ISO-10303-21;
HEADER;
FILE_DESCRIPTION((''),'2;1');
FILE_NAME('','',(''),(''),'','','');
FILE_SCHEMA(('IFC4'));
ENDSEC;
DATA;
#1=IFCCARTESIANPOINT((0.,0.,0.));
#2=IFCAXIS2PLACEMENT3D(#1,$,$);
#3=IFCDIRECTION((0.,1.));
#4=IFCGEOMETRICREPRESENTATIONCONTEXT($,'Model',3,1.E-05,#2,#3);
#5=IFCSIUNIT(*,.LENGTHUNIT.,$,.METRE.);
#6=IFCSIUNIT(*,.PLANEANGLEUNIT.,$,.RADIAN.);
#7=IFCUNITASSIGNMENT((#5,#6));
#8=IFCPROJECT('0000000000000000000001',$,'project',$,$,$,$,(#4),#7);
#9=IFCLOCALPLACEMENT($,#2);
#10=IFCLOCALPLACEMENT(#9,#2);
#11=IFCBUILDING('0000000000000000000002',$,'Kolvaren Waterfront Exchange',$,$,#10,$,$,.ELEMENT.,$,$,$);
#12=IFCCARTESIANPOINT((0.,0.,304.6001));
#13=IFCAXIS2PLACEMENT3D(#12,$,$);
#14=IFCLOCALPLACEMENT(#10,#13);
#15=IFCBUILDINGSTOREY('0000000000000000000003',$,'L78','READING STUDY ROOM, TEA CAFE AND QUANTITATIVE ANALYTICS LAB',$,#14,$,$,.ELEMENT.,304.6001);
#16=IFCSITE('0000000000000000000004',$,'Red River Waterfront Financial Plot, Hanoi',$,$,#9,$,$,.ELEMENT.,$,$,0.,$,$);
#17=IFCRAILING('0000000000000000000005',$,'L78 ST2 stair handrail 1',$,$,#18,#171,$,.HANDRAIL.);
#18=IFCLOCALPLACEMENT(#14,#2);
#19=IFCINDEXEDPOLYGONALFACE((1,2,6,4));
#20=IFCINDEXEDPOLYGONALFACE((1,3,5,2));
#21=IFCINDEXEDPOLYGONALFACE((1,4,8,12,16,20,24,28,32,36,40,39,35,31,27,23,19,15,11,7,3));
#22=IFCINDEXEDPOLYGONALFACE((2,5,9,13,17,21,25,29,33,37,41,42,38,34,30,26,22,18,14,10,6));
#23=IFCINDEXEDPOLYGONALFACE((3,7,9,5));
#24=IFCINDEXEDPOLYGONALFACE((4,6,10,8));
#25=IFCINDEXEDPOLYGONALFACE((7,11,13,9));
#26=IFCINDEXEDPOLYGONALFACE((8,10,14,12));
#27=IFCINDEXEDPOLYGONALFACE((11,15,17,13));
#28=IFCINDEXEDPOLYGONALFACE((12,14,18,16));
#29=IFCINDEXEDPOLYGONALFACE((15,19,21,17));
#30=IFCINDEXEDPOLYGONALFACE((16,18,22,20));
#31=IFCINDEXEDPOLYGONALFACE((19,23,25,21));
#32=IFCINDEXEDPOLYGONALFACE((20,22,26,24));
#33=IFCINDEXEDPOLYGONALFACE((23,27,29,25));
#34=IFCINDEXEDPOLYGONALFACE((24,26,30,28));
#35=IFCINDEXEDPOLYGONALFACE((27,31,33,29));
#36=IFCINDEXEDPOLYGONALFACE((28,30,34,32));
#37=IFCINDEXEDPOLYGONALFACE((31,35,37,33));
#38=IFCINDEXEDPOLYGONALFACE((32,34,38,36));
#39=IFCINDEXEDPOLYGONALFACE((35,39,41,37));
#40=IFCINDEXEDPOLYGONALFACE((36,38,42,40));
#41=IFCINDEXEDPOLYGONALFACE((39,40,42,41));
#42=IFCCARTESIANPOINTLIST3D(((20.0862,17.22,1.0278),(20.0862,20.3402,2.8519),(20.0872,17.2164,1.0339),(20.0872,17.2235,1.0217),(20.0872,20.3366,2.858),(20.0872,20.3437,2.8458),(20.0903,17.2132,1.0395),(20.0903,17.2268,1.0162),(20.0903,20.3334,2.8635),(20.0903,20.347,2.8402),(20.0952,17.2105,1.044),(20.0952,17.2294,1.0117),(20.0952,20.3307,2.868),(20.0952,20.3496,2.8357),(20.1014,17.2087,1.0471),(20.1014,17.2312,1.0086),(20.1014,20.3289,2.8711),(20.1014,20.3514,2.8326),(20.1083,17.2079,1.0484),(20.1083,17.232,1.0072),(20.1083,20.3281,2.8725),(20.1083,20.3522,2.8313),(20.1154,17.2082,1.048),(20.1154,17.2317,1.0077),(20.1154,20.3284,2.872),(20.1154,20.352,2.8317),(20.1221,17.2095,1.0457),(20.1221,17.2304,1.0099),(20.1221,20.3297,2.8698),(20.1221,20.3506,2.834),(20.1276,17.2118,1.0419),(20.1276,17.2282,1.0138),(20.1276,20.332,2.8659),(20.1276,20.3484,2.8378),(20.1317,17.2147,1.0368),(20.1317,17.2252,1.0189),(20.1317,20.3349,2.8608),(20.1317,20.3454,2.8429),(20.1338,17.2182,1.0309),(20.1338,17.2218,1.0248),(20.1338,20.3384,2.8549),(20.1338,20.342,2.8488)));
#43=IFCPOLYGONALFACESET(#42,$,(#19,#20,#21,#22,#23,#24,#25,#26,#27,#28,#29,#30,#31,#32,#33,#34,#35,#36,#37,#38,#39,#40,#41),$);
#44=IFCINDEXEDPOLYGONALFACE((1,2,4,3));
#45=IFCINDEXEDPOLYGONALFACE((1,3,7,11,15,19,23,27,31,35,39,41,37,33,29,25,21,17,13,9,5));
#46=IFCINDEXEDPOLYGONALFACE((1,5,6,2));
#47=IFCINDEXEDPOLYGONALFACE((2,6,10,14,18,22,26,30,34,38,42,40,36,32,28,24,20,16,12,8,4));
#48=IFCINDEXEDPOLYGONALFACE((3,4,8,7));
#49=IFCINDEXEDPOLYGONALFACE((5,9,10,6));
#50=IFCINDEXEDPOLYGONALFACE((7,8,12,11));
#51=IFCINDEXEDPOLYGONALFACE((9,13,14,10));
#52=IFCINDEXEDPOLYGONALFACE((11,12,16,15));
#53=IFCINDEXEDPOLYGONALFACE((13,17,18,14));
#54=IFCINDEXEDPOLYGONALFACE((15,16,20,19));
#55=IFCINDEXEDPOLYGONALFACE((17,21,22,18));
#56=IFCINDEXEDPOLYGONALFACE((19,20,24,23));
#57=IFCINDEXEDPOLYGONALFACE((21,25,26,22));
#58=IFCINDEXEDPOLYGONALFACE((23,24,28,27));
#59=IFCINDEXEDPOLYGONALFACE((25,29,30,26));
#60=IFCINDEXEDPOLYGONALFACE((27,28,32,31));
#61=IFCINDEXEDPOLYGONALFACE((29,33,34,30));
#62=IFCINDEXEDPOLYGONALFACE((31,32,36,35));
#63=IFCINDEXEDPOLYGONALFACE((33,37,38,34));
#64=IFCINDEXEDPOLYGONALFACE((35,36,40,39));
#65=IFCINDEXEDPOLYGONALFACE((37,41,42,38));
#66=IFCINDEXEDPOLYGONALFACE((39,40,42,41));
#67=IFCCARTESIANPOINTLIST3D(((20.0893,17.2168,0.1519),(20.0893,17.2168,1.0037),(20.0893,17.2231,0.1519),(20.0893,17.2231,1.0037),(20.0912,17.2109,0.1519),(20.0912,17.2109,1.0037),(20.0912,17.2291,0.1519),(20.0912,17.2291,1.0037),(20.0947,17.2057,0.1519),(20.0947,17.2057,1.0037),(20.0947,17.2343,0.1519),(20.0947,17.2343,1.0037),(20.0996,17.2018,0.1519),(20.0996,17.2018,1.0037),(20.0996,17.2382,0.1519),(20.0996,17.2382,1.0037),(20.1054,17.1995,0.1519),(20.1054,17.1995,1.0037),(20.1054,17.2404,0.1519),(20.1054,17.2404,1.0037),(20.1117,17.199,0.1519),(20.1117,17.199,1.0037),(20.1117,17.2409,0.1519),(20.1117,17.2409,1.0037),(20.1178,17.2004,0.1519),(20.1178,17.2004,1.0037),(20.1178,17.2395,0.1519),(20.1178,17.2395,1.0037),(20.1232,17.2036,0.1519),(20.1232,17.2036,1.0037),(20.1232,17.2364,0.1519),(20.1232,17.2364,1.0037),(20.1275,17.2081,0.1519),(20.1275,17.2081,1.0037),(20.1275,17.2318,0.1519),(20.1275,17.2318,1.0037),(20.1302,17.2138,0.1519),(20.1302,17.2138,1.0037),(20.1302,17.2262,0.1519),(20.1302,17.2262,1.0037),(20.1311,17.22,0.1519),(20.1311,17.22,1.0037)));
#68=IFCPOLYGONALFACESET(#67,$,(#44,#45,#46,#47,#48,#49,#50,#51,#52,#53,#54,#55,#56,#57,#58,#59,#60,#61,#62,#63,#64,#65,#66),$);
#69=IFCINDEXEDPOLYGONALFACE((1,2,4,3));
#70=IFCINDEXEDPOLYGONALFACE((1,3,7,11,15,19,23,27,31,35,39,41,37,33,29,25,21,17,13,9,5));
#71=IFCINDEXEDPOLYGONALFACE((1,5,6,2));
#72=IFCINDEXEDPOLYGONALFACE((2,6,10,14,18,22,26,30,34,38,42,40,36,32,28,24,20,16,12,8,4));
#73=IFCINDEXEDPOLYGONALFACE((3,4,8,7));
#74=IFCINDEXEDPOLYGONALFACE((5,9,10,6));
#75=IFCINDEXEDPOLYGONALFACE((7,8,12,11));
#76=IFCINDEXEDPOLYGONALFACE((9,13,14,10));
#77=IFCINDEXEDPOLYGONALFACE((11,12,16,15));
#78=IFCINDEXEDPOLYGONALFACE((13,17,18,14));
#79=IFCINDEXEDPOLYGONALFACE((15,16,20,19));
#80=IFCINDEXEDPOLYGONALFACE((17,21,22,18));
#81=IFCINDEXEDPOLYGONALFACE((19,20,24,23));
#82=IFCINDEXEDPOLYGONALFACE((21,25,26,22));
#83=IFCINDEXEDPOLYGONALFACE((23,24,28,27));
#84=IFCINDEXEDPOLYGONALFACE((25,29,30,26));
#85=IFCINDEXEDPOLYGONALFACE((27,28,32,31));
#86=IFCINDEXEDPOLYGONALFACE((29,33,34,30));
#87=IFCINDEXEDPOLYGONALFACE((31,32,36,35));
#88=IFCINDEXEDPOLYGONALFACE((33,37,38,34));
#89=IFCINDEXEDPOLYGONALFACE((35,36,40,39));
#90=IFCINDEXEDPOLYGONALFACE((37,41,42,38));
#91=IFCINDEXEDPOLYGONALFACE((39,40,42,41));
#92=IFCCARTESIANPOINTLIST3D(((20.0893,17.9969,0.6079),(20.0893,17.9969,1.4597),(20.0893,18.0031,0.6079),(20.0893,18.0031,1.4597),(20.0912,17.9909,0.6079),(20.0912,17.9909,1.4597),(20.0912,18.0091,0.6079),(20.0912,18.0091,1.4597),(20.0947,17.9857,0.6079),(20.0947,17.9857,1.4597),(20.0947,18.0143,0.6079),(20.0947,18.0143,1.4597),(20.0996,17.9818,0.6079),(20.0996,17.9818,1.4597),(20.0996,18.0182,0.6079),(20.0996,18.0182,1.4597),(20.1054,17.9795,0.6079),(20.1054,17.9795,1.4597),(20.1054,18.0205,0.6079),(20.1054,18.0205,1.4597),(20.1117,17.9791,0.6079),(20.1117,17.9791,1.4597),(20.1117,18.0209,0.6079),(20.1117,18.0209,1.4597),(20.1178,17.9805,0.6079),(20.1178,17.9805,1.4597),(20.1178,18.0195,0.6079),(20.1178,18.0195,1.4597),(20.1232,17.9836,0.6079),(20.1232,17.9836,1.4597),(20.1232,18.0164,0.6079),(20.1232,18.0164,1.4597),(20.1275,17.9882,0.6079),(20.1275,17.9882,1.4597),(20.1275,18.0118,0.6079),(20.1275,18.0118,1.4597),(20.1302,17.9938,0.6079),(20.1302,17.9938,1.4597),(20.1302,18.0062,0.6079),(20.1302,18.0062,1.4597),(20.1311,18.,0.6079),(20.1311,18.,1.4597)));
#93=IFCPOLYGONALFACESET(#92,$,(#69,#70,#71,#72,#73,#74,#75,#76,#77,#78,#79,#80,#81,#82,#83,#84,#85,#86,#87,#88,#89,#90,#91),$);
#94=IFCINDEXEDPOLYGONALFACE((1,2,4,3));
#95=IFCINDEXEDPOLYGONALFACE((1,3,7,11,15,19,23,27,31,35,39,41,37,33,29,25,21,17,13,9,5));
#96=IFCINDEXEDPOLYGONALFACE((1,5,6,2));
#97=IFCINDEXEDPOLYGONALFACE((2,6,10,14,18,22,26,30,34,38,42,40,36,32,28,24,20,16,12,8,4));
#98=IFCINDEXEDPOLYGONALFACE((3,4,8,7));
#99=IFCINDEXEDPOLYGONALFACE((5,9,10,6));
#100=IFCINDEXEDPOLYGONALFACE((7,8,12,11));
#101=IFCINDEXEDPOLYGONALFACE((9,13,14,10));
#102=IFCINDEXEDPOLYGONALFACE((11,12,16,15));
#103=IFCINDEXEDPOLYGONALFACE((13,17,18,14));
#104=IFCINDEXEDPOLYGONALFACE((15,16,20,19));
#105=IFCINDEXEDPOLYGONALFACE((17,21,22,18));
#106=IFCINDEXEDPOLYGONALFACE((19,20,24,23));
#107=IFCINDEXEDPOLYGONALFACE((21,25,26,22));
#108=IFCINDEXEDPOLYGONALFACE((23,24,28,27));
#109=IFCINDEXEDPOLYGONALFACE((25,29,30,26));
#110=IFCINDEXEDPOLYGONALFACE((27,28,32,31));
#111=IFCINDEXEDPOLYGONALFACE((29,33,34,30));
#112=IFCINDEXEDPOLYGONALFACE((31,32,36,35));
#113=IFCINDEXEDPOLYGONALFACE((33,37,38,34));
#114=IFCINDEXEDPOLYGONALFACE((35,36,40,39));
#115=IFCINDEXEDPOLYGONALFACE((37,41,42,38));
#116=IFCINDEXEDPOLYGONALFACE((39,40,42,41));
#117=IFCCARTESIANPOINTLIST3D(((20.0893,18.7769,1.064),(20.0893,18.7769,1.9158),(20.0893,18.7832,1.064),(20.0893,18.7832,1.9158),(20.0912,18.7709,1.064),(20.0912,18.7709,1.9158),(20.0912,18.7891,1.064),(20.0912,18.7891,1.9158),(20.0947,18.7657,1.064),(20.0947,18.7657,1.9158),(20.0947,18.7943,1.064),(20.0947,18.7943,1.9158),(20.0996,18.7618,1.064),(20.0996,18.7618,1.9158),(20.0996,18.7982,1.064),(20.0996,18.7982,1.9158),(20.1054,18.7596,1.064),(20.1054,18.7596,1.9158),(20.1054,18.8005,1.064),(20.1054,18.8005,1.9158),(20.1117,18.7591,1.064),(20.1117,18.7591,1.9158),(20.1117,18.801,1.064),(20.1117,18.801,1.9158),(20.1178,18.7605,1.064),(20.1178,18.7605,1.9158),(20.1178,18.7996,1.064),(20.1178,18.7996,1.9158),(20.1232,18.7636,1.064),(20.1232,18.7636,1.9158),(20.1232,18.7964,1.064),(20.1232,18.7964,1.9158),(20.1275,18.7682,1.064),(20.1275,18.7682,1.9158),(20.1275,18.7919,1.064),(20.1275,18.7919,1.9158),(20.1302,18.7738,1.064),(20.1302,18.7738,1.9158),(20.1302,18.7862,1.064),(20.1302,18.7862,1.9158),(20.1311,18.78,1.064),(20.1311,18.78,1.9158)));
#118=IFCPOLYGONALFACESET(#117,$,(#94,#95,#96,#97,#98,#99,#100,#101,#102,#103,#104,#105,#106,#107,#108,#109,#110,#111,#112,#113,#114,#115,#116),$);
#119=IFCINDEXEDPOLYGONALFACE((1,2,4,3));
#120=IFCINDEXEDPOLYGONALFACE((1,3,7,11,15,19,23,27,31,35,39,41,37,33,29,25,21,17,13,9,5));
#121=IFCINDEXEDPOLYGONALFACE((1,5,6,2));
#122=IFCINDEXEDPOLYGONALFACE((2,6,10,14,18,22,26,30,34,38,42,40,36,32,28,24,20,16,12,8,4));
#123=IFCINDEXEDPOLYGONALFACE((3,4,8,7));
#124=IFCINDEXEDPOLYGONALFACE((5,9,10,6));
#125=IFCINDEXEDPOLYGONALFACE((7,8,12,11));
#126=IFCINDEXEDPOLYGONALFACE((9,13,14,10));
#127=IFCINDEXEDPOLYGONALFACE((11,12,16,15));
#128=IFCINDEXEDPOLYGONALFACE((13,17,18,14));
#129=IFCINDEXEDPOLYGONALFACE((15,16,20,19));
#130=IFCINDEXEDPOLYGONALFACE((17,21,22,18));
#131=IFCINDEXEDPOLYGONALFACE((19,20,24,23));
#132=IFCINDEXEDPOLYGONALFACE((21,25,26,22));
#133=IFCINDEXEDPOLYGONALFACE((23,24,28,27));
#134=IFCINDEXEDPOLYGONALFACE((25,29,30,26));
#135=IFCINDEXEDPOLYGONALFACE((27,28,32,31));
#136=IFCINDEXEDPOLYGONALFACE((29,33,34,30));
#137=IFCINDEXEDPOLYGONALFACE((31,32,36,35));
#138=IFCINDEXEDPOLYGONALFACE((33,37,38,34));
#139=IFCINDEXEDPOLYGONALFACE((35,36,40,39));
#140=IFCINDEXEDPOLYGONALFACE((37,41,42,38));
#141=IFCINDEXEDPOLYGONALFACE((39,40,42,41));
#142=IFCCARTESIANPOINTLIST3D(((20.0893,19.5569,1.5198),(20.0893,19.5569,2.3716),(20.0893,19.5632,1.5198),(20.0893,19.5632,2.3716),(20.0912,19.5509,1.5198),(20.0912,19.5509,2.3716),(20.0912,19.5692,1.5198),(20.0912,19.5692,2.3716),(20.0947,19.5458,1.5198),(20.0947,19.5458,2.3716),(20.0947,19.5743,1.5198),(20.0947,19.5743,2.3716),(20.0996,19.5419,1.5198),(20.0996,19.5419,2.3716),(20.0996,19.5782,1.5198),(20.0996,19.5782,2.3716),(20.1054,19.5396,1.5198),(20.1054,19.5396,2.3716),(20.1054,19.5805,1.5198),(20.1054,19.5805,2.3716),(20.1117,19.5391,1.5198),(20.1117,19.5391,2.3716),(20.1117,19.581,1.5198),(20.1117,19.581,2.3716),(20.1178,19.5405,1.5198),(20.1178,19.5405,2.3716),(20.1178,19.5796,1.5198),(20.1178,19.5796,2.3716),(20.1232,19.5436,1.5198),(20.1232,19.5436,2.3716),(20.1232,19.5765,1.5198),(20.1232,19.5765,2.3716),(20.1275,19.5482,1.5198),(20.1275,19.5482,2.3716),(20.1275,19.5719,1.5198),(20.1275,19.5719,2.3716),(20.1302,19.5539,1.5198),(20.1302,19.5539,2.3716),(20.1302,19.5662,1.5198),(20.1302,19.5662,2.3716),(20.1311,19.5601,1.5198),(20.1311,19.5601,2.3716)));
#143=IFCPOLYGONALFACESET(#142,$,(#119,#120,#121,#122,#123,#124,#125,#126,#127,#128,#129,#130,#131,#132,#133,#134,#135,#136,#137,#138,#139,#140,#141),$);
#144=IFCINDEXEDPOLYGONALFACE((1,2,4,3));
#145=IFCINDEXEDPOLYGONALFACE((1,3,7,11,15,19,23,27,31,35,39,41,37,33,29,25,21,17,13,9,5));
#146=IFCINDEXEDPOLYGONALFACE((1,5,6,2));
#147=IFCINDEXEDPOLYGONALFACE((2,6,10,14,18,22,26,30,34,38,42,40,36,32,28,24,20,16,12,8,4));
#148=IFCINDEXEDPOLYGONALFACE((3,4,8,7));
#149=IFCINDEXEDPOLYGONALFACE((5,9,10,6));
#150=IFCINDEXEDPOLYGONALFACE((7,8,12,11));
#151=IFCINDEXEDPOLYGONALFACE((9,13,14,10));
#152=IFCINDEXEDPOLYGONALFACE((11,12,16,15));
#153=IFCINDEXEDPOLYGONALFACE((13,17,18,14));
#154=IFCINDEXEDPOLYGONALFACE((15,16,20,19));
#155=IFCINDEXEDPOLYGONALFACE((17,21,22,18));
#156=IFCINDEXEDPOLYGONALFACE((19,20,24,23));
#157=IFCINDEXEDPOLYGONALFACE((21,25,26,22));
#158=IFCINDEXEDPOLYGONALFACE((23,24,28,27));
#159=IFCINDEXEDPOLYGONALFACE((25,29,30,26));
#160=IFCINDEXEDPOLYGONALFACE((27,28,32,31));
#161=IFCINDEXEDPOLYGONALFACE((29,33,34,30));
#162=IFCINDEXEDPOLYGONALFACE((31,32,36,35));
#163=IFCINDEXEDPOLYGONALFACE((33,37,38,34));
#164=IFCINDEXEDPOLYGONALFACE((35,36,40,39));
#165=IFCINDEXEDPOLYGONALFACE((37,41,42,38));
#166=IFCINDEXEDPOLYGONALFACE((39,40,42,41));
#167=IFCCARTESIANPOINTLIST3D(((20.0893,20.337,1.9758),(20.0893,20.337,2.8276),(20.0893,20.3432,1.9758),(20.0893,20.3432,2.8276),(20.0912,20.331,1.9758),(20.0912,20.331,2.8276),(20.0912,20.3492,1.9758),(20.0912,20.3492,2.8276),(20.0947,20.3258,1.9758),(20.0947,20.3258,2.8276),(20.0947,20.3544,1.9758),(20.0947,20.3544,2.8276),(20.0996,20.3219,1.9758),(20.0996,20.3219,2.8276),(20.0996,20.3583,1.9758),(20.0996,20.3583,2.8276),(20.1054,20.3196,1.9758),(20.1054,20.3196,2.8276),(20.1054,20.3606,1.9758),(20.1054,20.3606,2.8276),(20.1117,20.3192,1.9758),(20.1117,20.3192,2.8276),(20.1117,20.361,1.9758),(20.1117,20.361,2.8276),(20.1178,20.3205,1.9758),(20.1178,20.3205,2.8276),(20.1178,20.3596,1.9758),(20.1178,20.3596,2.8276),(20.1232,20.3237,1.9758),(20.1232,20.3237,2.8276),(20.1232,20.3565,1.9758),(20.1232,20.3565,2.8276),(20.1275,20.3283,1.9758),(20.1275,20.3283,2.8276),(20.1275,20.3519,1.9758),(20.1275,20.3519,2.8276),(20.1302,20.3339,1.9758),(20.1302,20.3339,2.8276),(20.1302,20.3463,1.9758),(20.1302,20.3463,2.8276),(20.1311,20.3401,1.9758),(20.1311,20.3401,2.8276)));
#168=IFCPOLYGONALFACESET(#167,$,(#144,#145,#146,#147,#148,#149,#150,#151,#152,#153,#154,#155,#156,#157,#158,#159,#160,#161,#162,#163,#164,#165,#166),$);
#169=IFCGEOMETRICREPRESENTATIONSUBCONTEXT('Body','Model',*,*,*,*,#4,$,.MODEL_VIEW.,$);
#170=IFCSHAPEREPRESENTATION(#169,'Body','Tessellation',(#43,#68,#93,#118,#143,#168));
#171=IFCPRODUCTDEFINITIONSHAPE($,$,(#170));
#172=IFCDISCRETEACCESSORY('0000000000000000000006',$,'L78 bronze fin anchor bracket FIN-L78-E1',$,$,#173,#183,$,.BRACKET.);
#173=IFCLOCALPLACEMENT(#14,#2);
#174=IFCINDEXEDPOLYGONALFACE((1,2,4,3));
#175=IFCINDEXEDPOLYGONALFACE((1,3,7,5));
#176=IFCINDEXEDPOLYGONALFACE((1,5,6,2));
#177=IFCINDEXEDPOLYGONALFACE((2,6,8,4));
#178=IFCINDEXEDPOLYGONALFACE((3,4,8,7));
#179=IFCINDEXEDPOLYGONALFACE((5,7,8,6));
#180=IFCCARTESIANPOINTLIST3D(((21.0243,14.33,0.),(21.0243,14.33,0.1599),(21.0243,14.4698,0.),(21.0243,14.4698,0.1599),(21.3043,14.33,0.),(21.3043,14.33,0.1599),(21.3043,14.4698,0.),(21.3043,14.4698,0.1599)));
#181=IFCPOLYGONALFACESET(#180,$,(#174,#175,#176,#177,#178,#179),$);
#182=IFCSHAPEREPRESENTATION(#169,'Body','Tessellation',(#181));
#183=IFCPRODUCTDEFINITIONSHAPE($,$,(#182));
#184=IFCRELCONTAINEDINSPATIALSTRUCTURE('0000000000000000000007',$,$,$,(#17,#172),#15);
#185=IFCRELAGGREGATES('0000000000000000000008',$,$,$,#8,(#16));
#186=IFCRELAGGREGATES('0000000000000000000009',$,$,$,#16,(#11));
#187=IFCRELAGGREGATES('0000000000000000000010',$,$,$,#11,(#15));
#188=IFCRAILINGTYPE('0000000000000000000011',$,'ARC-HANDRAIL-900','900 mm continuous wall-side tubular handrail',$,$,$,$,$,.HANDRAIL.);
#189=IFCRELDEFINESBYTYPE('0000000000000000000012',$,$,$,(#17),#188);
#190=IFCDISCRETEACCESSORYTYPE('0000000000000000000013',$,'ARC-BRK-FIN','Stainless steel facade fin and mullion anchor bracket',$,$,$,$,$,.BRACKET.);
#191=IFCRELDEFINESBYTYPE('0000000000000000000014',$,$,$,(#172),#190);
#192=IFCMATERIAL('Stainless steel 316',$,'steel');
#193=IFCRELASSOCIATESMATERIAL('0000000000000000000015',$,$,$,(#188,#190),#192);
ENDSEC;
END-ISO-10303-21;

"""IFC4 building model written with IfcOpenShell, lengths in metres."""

from ifc_helpers import new_model, si_unit, direction, frame, origin, origin_with_axes, origin_2d, place, context, subcontext, project, spatial, rectangle, circle, extrude, source, transform, mapped, material, type_object, element, save


model = new_model("IFC4")

# Units and contexts
model_context = context("Model", 3, precision=1e-05, world=origin(), true_north=direction((0.0, 1.0)))
body_context = subcontext(model_context, "Body", "Model", "MODEL_VIEW")
ifc_project = project(units=[si_unit("LENGTHUNIT", "METRE"), si_unit("PLANEANGLEUNIT", "RADIAN")], contexts=[model_context])

# Site, building, storey
site_placement = place(None, origin())
site = spatial("IfcSite", under=ifc_project, at=site_placement, Name="Red River Waterfront Financial Plot, Hanoi", CompositionType="ELEMENT", RefElevation=0.0)
building_placement = place(site_placement, origin())
building = spatial("IfcBuilding", under=site, at=building_placement, Name="Kolvaren Waterfront Exchange", CompositionType="ELEMENT")
storey_placement = place(building_placement, frame((0.0, 0.0, 304.6001)))
storey = spatial("IfcBuildingStorey", under=building, at=storey_placement, Name="L78", Description="READING STUDY ROOM, TEA CAFE AND QUANTITATIVE ANALYTICS LAB", CompositionType="ELEMENT", Elevation=304.6001)

# Railing
ifc_material_1 = material(Name="Stainless steel 316", Category="steel")
railing_type_1 = type_object("IfcRailingType", Name="ARC-HANDRAIL-900", Description="900 mm continuous wall-side tubular handrail", PredefinedType="HANDRAIL", material=ifc_material_1)
railing_1_placement = place(storey_placement, frame((20.1101, 17.22, 0.1519)))
element("IfcRailing", 1, at=railing_1_placement, inside=storey, type_object=railing_type_1, Name="L78 ST2 stair handrail 1", PredefinedType="HANDRAIL", context=body_context, shape_type="SweptSolid", body=[
    extrude(circle(Radius=0.0239, at=origin_2d()), frame((0.0, 0.0, 0.876), z_axis=(0.0, 0.863308, 0.504677), x_axis=(-1.0, 0.0, 0.0)), (0.0, 0.0, 1.0), 3.6143),
    extrude(circle(Radius=0.021, at=origin_2d()), origin(), (0.0, 0.0, 1.0), 0.8518),
    extrude(circle(Radius=0.021, at=origin_2d()), frame((0.0, 0.78, 0.4561)), (0.0, 0.0, 1.0), 0.8518),
    extrude(circle(Radius=0.021, at=origin_2d()), frame((0.0, 1.5601, 0.9121)), (0.0, 0.0, 1.0), 0.8518),
    extrude(circle(Radius=0.021, at=origin_2d()), frame((0.0, 2.3401, 1.3679)), (0.0, 0.0, 1.0), 0.8518),
    extrude(circle(Radius=0.021, at=origin_2d()), frame((0.0, 3.1201, 1.824)), (0.0, 0.0, 1.0), 0.8518),
])

# Discrete accessory
discrete_accessory_type = type_object("IfcDiscreteAccessoryType", Name="ARC-BRK-FIN", Description="Stainless steel facade fin and mullion anchor bracket", PredefinedType="BRACKET", material=ifc_material_1)
shared_shape = source(origin_with_axes(), body_context, "Body", "SweptSolid", [
    extrude(rectangle(XDim=0.28, YDim=0.1399, at=origin_2d()), origin(), (0.0, 0.0, 1.0), 0.1599),
])
discrete_accessory_placement = place(storey_placement, frame((21.1643, 14.3999, 0.0), z_axis=(0.0, 0.0, 1.0), x_axis=(1.0, 0.0, 0.0)))
element("IfcDiscreteAccessory", 2, at=discrete_accessory_placement, inside=storey, type_object=discrete_accessory_type, Name="L78 bronze fin anchor bracket FIN-L78-E1", PredefinedType="BRACKET", context=body_context, shape_type="MappedRepresentation", body=[
    mapped(shared_shape, transform((0.0, 0.0, 0.0), x_axis=(1.0, 0.0, 0.0), y_axis=(0.0, 1.0, 0.0), z_axis=(0.0, 0.0, 1.0), scale=1.0)),
])

save(model, "model.ifc")
